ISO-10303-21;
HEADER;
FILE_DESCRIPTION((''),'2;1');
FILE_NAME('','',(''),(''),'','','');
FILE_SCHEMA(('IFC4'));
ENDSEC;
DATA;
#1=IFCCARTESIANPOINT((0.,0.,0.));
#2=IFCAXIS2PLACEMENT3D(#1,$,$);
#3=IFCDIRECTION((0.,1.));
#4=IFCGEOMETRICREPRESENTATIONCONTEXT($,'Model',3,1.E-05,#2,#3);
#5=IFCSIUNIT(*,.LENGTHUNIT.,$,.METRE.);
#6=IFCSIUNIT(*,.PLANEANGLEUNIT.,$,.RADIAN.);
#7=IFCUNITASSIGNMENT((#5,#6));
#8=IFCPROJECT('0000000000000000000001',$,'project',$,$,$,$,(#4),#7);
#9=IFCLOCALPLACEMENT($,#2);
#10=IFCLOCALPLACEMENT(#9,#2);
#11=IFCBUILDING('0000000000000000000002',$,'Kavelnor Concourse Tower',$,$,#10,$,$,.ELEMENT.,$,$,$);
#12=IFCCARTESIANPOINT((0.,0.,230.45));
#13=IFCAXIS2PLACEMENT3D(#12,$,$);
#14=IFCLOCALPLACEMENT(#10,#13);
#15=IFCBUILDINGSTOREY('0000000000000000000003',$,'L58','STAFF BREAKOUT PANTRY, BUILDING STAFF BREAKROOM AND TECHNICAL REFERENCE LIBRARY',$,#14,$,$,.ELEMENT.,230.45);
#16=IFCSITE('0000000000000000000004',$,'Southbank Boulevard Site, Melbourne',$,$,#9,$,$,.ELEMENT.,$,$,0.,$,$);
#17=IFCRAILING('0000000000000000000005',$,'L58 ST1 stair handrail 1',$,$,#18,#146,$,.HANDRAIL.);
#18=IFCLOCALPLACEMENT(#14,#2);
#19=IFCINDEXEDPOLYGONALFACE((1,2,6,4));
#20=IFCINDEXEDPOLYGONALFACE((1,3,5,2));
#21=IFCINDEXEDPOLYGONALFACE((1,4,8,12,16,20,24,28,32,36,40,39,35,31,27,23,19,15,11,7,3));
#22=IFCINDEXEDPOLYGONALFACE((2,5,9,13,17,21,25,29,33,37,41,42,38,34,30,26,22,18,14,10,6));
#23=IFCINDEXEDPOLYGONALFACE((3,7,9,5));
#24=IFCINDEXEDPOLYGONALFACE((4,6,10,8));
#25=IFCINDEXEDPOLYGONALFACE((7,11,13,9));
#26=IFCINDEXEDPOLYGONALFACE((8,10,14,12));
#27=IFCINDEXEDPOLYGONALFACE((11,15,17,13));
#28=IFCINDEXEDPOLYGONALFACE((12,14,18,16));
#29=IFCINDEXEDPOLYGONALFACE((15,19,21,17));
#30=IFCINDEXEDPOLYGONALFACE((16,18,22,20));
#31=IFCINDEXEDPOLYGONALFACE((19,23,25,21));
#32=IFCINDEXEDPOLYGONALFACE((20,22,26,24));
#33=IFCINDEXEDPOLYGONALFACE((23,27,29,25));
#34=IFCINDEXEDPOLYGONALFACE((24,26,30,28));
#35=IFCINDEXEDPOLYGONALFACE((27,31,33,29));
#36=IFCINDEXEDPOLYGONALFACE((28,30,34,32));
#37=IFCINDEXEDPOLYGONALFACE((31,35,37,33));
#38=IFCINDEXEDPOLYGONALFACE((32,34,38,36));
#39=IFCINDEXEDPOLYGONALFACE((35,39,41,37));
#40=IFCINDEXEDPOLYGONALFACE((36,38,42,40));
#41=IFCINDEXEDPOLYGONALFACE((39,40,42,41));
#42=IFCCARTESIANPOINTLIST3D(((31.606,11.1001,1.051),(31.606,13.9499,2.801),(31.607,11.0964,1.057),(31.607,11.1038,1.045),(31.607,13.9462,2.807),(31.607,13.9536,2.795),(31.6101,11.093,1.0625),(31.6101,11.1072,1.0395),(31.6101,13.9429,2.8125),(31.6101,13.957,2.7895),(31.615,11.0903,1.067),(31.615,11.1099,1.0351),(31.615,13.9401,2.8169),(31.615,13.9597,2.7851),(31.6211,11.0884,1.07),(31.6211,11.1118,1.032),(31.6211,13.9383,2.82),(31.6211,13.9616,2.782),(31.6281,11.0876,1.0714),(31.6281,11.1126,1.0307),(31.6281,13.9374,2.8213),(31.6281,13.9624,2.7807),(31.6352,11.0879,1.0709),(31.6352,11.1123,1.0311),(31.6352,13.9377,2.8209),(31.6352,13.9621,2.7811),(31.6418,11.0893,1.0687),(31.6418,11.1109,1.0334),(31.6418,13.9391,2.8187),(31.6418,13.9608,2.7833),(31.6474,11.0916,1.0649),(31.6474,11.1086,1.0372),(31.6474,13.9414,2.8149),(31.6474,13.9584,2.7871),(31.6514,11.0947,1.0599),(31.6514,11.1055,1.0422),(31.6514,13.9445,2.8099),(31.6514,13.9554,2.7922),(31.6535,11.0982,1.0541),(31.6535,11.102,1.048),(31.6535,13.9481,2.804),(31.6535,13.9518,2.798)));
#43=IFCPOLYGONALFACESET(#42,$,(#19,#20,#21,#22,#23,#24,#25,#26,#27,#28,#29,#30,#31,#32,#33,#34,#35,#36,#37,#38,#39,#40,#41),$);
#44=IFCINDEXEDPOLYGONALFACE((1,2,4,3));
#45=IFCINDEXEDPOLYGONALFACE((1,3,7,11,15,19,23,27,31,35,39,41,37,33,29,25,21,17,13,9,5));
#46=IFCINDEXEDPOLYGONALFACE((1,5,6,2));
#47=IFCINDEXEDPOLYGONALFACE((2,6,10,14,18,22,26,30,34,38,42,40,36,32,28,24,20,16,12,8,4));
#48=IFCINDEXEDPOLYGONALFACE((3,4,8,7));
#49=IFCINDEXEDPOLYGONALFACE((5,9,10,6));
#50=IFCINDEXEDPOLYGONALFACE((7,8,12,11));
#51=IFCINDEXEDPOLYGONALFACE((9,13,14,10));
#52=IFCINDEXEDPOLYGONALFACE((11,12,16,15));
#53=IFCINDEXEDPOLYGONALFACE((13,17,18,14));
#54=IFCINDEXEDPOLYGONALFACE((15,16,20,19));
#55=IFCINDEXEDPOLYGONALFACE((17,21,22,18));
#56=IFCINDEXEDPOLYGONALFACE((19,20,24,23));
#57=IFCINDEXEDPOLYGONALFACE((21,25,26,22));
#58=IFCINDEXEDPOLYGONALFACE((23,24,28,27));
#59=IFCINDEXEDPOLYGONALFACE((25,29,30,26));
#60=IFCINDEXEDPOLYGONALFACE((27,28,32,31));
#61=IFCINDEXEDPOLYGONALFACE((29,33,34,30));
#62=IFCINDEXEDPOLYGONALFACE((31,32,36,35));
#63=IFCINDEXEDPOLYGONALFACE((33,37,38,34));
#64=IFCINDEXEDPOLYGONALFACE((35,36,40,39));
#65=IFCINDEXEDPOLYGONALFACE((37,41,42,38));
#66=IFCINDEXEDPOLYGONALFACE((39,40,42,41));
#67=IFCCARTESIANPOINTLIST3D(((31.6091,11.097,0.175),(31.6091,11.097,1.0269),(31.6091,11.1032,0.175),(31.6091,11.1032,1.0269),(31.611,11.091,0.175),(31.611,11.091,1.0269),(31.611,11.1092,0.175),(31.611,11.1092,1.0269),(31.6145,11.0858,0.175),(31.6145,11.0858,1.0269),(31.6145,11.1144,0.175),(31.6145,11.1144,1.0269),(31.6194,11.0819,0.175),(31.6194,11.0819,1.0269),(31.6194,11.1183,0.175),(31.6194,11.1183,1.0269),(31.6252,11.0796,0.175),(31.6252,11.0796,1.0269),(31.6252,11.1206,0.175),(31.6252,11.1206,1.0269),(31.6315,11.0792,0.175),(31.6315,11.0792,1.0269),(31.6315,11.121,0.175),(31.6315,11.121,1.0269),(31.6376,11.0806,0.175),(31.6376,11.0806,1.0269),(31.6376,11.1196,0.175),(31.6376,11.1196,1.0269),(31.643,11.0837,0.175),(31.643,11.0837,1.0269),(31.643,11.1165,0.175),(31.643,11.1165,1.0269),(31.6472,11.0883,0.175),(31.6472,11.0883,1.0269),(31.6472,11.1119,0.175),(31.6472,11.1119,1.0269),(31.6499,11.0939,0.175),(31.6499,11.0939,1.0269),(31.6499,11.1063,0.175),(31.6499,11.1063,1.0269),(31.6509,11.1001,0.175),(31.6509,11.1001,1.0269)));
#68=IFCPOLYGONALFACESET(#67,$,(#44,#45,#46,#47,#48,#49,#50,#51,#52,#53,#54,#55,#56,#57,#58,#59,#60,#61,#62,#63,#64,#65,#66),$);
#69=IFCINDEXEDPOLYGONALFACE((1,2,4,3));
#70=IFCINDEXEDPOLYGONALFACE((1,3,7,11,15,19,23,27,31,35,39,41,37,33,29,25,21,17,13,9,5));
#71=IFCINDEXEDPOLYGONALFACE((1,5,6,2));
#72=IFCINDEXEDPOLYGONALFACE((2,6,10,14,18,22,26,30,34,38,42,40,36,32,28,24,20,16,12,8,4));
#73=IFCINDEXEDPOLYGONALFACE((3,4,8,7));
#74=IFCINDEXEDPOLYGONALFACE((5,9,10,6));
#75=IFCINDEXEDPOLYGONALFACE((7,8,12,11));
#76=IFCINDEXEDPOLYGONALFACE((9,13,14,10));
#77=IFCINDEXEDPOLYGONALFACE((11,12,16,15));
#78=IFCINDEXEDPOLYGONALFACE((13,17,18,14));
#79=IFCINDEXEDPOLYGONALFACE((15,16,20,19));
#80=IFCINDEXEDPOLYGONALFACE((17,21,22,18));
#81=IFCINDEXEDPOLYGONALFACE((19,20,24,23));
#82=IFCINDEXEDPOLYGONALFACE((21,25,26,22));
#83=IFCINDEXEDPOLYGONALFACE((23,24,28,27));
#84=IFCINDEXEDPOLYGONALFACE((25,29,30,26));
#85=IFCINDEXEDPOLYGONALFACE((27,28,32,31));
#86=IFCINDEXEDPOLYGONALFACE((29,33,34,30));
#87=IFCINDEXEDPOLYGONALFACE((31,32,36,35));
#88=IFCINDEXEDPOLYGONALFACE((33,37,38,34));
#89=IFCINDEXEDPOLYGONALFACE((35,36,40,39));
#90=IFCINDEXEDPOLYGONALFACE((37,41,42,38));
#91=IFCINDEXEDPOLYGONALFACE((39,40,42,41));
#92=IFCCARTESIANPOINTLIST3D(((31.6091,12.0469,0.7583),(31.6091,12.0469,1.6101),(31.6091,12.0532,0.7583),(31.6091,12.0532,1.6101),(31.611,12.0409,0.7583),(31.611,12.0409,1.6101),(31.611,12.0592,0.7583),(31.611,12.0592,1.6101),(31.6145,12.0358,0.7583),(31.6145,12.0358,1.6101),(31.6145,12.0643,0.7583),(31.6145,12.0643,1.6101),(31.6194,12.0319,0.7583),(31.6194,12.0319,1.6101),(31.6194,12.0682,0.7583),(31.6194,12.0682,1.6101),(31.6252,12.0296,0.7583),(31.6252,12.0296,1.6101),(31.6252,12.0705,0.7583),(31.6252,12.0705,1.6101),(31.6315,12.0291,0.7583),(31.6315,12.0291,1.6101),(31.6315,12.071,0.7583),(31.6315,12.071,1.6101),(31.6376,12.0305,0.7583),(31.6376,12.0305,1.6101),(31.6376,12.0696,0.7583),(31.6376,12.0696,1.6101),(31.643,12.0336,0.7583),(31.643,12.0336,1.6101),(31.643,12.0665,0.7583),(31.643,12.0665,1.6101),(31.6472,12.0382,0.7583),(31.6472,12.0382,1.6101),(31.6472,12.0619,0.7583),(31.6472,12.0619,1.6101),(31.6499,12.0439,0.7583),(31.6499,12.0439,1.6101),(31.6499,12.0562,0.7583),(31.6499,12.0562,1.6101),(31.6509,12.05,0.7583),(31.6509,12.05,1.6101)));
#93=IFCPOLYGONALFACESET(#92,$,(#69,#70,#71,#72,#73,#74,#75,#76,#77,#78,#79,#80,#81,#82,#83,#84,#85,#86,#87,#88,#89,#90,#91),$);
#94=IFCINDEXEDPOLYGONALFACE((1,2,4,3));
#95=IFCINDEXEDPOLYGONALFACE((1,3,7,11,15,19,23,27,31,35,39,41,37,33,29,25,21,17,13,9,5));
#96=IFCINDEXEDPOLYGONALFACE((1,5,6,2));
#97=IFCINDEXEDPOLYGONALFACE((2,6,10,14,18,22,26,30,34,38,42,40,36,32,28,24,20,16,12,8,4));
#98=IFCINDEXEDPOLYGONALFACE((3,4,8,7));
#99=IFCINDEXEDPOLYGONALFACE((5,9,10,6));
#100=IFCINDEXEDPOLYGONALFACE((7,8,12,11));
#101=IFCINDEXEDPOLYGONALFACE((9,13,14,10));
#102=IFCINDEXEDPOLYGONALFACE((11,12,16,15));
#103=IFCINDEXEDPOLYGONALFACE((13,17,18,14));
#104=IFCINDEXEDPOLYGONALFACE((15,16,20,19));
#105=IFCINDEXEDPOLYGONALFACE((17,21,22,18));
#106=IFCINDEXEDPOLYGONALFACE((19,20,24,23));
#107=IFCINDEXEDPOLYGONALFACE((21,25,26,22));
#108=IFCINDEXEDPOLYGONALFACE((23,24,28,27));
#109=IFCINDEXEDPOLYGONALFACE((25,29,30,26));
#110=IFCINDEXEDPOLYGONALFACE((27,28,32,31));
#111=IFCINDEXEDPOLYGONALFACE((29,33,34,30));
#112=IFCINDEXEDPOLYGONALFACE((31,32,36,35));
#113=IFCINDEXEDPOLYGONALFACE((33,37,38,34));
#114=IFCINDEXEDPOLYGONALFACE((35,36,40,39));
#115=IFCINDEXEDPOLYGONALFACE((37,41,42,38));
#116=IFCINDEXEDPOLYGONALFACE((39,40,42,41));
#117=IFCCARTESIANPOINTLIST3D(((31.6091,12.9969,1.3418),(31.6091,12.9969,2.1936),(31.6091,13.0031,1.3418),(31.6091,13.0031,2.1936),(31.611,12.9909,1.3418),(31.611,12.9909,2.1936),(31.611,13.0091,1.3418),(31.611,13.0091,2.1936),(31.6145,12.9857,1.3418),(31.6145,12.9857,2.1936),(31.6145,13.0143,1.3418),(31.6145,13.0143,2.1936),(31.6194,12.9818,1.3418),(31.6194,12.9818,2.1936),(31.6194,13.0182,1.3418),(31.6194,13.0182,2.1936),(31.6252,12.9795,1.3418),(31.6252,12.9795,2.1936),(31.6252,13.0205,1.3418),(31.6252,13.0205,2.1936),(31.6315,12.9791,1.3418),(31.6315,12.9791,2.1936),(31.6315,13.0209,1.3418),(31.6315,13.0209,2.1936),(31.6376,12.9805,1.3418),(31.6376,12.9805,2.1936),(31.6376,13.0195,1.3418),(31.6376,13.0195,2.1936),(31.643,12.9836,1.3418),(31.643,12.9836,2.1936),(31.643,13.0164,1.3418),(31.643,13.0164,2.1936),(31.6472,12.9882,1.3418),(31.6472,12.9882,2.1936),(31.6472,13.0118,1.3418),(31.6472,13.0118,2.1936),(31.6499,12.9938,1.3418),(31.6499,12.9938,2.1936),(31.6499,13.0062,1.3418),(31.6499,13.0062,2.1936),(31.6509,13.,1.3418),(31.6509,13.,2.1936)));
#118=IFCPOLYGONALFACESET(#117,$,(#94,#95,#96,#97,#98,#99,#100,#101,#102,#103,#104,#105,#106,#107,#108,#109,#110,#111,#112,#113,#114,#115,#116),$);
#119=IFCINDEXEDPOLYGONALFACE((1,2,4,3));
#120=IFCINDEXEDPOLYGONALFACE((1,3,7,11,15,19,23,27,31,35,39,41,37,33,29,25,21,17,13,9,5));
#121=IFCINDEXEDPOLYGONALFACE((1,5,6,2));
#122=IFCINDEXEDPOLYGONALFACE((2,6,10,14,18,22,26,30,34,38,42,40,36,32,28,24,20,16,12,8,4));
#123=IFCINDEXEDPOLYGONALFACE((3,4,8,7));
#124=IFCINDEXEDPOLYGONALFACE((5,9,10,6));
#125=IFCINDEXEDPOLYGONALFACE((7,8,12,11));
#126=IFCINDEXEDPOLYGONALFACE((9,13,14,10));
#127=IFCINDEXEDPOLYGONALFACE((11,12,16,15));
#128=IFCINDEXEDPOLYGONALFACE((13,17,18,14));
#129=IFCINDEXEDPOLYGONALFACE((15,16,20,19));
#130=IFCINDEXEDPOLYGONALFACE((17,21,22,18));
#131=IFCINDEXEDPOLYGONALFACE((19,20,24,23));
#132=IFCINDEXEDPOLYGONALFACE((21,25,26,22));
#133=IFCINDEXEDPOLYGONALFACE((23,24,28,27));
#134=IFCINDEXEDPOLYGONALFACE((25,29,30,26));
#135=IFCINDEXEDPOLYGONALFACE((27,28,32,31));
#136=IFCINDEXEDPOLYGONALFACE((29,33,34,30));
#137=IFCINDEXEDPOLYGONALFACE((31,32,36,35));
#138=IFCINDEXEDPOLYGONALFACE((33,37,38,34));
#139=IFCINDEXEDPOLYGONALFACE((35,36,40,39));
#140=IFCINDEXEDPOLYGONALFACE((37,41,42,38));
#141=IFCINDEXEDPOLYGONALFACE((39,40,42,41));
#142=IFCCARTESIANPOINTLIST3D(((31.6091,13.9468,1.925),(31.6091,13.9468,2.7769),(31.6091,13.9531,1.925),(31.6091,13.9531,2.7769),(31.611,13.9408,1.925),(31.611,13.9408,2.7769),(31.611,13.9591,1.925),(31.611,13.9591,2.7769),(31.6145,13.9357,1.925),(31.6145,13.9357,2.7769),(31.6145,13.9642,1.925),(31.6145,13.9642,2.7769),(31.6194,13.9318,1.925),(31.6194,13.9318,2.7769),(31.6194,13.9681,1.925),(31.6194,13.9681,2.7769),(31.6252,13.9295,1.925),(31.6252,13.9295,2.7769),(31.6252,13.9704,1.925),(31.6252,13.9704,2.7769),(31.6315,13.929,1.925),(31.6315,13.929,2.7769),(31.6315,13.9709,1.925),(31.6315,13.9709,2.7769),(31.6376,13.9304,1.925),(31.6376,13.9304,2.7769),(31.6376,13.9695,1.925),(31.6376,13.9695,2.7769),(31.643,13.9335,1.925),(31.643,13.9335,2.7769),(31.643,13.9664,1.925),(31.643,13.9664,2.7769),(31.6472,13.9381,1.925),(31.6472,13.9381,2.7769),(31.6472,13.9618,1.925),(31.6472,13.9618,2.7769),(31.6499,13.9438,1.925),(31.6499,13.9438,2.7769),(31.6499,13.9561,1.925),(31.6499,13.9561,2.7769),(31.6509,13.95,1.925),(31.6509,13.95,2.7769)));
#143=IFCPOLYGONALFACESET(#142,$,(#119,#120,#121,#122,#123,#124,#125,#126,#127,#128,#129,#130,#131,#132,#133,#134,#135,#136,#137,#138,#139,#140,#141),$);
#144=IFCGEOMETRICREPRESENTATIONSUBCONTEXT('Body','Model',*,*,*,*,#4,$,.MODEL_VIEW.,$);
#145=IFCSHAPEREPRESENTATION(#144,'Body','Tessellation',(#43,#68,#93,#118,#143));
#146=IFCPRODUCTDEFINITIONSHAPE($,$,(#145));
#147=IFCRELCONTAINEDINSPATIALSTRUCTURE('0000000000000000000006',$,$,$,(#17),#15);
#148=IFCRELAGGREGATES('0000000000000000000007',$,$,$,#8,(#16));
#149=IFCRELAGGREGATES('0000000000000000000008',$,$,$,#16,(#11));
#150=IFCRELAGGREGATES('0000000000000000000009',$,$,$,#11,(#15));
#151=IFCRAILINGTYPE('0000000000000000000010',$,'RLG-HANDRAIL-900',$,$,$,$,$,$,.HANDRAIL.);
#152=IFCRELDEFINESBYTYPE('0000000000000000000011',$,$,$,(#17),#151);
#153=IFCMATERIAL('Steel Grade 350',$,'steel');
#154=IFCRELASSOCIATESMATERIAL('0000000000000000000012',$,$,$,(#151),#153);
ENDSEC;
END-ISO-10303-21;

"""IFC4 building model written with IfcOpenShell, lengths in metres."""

from ifc_helpers import new_model, si_unit, direction, frame, origin, origin_2d, place, context, subcontext, project, spatial, circle, extrude, material, type_object, element, save


model = new_model("IFC4")

# Units and contexts
model_context = context("Model", 3, precision=1e-05, world=origin(), true_north=direction((0.0, 1.0)))
body_context = subcontext(model_context, "Body", "Model", "MODEL_VIEW")
ifc_project = project(units=[si_unit("LENGTHUNIT", "METRE"), si_unit("PLANEANGLEUNIT", "RADIAN")], contexts=[model_context])

# Site, building, storey
site_placement = place(None, origin())
site = spatial("IfcSite", under=ifc_project, at=site_placement, Name="Southbank Boulevard Site, Melbourne", CompositionType="ELEMENT", RefElevation=0.0)
building_placement = place(site_placement, origin())
building = spatial("IfcBuilding", under=site, at=building_placement, Name="Kavelnor Concourse Tower", CompositionType="ELEMENT")
storey_placement = place(building_placement, frame((0.0, 0.0, 230.45)))
storey = spatial("IfcBuildingStorey", under=building, at=storey_placement, Name="L58", Description="STAFF BREAKOUT PANTRY, BUILDING STAFF BREAKROOM AND TECHNICAL REFERENCE LIBRARY", CompositionType="ELEMENT", Elevation=230.45)

# Shared definitions
ifc_material_1 = material(Name="Steel Grade 350", Category="steel")

# Railing
railing_type_1 = type_object("IfcRailingType", Name="RLG-HANDRAIL-900", PredefinedType="HANDRAIL", material=ifc_material_1)
railing_1_placement = place(storey_placement, frame((31.6299, 11.1001, 0.175)))
element("IfcRailing", 1, at=railing_1_placement, inside=storey, type_object=railing_type_1, Name="L58 ST1 stair handrail 1", PredefinedType="HANDRAIL", context=body_context, shape_type="SweptSolid", body=[
    extrude(circle(Radius=0.0239, at=origin_2d()), frame((0.0, 0.0, 0.876), z_axis=(0.0, 0.852159, 0.523283), x_axis=(-1.0, 0.0, 0.0)), (0.0, 0.0, 1.0), 3.3442),
    extrude(circle(Radius=0.021, at=origin_2d()), origin(), (0.0, 0.0, 1.0), 0.8518),
    extrude(circle(Radius=0.021, at=origin_2d()), frame((0.0, 0.95, 0.5833)), (0.0, 0.0, 1.0), 0.8518),
    extrude(circle(Radius=0.021, at=origin_2d()), frame((0.0, 1.8999, 1.1667)), (0.0, 0.0, 1.0), 0.8518),
    extrude(circle(Radius=0.021, at=origin_2d()), frame((0.0, 2.8499, 1.75)), (0.0, 0.0, 1.0), 0.8518),
])

save(model, "model.ifc")
